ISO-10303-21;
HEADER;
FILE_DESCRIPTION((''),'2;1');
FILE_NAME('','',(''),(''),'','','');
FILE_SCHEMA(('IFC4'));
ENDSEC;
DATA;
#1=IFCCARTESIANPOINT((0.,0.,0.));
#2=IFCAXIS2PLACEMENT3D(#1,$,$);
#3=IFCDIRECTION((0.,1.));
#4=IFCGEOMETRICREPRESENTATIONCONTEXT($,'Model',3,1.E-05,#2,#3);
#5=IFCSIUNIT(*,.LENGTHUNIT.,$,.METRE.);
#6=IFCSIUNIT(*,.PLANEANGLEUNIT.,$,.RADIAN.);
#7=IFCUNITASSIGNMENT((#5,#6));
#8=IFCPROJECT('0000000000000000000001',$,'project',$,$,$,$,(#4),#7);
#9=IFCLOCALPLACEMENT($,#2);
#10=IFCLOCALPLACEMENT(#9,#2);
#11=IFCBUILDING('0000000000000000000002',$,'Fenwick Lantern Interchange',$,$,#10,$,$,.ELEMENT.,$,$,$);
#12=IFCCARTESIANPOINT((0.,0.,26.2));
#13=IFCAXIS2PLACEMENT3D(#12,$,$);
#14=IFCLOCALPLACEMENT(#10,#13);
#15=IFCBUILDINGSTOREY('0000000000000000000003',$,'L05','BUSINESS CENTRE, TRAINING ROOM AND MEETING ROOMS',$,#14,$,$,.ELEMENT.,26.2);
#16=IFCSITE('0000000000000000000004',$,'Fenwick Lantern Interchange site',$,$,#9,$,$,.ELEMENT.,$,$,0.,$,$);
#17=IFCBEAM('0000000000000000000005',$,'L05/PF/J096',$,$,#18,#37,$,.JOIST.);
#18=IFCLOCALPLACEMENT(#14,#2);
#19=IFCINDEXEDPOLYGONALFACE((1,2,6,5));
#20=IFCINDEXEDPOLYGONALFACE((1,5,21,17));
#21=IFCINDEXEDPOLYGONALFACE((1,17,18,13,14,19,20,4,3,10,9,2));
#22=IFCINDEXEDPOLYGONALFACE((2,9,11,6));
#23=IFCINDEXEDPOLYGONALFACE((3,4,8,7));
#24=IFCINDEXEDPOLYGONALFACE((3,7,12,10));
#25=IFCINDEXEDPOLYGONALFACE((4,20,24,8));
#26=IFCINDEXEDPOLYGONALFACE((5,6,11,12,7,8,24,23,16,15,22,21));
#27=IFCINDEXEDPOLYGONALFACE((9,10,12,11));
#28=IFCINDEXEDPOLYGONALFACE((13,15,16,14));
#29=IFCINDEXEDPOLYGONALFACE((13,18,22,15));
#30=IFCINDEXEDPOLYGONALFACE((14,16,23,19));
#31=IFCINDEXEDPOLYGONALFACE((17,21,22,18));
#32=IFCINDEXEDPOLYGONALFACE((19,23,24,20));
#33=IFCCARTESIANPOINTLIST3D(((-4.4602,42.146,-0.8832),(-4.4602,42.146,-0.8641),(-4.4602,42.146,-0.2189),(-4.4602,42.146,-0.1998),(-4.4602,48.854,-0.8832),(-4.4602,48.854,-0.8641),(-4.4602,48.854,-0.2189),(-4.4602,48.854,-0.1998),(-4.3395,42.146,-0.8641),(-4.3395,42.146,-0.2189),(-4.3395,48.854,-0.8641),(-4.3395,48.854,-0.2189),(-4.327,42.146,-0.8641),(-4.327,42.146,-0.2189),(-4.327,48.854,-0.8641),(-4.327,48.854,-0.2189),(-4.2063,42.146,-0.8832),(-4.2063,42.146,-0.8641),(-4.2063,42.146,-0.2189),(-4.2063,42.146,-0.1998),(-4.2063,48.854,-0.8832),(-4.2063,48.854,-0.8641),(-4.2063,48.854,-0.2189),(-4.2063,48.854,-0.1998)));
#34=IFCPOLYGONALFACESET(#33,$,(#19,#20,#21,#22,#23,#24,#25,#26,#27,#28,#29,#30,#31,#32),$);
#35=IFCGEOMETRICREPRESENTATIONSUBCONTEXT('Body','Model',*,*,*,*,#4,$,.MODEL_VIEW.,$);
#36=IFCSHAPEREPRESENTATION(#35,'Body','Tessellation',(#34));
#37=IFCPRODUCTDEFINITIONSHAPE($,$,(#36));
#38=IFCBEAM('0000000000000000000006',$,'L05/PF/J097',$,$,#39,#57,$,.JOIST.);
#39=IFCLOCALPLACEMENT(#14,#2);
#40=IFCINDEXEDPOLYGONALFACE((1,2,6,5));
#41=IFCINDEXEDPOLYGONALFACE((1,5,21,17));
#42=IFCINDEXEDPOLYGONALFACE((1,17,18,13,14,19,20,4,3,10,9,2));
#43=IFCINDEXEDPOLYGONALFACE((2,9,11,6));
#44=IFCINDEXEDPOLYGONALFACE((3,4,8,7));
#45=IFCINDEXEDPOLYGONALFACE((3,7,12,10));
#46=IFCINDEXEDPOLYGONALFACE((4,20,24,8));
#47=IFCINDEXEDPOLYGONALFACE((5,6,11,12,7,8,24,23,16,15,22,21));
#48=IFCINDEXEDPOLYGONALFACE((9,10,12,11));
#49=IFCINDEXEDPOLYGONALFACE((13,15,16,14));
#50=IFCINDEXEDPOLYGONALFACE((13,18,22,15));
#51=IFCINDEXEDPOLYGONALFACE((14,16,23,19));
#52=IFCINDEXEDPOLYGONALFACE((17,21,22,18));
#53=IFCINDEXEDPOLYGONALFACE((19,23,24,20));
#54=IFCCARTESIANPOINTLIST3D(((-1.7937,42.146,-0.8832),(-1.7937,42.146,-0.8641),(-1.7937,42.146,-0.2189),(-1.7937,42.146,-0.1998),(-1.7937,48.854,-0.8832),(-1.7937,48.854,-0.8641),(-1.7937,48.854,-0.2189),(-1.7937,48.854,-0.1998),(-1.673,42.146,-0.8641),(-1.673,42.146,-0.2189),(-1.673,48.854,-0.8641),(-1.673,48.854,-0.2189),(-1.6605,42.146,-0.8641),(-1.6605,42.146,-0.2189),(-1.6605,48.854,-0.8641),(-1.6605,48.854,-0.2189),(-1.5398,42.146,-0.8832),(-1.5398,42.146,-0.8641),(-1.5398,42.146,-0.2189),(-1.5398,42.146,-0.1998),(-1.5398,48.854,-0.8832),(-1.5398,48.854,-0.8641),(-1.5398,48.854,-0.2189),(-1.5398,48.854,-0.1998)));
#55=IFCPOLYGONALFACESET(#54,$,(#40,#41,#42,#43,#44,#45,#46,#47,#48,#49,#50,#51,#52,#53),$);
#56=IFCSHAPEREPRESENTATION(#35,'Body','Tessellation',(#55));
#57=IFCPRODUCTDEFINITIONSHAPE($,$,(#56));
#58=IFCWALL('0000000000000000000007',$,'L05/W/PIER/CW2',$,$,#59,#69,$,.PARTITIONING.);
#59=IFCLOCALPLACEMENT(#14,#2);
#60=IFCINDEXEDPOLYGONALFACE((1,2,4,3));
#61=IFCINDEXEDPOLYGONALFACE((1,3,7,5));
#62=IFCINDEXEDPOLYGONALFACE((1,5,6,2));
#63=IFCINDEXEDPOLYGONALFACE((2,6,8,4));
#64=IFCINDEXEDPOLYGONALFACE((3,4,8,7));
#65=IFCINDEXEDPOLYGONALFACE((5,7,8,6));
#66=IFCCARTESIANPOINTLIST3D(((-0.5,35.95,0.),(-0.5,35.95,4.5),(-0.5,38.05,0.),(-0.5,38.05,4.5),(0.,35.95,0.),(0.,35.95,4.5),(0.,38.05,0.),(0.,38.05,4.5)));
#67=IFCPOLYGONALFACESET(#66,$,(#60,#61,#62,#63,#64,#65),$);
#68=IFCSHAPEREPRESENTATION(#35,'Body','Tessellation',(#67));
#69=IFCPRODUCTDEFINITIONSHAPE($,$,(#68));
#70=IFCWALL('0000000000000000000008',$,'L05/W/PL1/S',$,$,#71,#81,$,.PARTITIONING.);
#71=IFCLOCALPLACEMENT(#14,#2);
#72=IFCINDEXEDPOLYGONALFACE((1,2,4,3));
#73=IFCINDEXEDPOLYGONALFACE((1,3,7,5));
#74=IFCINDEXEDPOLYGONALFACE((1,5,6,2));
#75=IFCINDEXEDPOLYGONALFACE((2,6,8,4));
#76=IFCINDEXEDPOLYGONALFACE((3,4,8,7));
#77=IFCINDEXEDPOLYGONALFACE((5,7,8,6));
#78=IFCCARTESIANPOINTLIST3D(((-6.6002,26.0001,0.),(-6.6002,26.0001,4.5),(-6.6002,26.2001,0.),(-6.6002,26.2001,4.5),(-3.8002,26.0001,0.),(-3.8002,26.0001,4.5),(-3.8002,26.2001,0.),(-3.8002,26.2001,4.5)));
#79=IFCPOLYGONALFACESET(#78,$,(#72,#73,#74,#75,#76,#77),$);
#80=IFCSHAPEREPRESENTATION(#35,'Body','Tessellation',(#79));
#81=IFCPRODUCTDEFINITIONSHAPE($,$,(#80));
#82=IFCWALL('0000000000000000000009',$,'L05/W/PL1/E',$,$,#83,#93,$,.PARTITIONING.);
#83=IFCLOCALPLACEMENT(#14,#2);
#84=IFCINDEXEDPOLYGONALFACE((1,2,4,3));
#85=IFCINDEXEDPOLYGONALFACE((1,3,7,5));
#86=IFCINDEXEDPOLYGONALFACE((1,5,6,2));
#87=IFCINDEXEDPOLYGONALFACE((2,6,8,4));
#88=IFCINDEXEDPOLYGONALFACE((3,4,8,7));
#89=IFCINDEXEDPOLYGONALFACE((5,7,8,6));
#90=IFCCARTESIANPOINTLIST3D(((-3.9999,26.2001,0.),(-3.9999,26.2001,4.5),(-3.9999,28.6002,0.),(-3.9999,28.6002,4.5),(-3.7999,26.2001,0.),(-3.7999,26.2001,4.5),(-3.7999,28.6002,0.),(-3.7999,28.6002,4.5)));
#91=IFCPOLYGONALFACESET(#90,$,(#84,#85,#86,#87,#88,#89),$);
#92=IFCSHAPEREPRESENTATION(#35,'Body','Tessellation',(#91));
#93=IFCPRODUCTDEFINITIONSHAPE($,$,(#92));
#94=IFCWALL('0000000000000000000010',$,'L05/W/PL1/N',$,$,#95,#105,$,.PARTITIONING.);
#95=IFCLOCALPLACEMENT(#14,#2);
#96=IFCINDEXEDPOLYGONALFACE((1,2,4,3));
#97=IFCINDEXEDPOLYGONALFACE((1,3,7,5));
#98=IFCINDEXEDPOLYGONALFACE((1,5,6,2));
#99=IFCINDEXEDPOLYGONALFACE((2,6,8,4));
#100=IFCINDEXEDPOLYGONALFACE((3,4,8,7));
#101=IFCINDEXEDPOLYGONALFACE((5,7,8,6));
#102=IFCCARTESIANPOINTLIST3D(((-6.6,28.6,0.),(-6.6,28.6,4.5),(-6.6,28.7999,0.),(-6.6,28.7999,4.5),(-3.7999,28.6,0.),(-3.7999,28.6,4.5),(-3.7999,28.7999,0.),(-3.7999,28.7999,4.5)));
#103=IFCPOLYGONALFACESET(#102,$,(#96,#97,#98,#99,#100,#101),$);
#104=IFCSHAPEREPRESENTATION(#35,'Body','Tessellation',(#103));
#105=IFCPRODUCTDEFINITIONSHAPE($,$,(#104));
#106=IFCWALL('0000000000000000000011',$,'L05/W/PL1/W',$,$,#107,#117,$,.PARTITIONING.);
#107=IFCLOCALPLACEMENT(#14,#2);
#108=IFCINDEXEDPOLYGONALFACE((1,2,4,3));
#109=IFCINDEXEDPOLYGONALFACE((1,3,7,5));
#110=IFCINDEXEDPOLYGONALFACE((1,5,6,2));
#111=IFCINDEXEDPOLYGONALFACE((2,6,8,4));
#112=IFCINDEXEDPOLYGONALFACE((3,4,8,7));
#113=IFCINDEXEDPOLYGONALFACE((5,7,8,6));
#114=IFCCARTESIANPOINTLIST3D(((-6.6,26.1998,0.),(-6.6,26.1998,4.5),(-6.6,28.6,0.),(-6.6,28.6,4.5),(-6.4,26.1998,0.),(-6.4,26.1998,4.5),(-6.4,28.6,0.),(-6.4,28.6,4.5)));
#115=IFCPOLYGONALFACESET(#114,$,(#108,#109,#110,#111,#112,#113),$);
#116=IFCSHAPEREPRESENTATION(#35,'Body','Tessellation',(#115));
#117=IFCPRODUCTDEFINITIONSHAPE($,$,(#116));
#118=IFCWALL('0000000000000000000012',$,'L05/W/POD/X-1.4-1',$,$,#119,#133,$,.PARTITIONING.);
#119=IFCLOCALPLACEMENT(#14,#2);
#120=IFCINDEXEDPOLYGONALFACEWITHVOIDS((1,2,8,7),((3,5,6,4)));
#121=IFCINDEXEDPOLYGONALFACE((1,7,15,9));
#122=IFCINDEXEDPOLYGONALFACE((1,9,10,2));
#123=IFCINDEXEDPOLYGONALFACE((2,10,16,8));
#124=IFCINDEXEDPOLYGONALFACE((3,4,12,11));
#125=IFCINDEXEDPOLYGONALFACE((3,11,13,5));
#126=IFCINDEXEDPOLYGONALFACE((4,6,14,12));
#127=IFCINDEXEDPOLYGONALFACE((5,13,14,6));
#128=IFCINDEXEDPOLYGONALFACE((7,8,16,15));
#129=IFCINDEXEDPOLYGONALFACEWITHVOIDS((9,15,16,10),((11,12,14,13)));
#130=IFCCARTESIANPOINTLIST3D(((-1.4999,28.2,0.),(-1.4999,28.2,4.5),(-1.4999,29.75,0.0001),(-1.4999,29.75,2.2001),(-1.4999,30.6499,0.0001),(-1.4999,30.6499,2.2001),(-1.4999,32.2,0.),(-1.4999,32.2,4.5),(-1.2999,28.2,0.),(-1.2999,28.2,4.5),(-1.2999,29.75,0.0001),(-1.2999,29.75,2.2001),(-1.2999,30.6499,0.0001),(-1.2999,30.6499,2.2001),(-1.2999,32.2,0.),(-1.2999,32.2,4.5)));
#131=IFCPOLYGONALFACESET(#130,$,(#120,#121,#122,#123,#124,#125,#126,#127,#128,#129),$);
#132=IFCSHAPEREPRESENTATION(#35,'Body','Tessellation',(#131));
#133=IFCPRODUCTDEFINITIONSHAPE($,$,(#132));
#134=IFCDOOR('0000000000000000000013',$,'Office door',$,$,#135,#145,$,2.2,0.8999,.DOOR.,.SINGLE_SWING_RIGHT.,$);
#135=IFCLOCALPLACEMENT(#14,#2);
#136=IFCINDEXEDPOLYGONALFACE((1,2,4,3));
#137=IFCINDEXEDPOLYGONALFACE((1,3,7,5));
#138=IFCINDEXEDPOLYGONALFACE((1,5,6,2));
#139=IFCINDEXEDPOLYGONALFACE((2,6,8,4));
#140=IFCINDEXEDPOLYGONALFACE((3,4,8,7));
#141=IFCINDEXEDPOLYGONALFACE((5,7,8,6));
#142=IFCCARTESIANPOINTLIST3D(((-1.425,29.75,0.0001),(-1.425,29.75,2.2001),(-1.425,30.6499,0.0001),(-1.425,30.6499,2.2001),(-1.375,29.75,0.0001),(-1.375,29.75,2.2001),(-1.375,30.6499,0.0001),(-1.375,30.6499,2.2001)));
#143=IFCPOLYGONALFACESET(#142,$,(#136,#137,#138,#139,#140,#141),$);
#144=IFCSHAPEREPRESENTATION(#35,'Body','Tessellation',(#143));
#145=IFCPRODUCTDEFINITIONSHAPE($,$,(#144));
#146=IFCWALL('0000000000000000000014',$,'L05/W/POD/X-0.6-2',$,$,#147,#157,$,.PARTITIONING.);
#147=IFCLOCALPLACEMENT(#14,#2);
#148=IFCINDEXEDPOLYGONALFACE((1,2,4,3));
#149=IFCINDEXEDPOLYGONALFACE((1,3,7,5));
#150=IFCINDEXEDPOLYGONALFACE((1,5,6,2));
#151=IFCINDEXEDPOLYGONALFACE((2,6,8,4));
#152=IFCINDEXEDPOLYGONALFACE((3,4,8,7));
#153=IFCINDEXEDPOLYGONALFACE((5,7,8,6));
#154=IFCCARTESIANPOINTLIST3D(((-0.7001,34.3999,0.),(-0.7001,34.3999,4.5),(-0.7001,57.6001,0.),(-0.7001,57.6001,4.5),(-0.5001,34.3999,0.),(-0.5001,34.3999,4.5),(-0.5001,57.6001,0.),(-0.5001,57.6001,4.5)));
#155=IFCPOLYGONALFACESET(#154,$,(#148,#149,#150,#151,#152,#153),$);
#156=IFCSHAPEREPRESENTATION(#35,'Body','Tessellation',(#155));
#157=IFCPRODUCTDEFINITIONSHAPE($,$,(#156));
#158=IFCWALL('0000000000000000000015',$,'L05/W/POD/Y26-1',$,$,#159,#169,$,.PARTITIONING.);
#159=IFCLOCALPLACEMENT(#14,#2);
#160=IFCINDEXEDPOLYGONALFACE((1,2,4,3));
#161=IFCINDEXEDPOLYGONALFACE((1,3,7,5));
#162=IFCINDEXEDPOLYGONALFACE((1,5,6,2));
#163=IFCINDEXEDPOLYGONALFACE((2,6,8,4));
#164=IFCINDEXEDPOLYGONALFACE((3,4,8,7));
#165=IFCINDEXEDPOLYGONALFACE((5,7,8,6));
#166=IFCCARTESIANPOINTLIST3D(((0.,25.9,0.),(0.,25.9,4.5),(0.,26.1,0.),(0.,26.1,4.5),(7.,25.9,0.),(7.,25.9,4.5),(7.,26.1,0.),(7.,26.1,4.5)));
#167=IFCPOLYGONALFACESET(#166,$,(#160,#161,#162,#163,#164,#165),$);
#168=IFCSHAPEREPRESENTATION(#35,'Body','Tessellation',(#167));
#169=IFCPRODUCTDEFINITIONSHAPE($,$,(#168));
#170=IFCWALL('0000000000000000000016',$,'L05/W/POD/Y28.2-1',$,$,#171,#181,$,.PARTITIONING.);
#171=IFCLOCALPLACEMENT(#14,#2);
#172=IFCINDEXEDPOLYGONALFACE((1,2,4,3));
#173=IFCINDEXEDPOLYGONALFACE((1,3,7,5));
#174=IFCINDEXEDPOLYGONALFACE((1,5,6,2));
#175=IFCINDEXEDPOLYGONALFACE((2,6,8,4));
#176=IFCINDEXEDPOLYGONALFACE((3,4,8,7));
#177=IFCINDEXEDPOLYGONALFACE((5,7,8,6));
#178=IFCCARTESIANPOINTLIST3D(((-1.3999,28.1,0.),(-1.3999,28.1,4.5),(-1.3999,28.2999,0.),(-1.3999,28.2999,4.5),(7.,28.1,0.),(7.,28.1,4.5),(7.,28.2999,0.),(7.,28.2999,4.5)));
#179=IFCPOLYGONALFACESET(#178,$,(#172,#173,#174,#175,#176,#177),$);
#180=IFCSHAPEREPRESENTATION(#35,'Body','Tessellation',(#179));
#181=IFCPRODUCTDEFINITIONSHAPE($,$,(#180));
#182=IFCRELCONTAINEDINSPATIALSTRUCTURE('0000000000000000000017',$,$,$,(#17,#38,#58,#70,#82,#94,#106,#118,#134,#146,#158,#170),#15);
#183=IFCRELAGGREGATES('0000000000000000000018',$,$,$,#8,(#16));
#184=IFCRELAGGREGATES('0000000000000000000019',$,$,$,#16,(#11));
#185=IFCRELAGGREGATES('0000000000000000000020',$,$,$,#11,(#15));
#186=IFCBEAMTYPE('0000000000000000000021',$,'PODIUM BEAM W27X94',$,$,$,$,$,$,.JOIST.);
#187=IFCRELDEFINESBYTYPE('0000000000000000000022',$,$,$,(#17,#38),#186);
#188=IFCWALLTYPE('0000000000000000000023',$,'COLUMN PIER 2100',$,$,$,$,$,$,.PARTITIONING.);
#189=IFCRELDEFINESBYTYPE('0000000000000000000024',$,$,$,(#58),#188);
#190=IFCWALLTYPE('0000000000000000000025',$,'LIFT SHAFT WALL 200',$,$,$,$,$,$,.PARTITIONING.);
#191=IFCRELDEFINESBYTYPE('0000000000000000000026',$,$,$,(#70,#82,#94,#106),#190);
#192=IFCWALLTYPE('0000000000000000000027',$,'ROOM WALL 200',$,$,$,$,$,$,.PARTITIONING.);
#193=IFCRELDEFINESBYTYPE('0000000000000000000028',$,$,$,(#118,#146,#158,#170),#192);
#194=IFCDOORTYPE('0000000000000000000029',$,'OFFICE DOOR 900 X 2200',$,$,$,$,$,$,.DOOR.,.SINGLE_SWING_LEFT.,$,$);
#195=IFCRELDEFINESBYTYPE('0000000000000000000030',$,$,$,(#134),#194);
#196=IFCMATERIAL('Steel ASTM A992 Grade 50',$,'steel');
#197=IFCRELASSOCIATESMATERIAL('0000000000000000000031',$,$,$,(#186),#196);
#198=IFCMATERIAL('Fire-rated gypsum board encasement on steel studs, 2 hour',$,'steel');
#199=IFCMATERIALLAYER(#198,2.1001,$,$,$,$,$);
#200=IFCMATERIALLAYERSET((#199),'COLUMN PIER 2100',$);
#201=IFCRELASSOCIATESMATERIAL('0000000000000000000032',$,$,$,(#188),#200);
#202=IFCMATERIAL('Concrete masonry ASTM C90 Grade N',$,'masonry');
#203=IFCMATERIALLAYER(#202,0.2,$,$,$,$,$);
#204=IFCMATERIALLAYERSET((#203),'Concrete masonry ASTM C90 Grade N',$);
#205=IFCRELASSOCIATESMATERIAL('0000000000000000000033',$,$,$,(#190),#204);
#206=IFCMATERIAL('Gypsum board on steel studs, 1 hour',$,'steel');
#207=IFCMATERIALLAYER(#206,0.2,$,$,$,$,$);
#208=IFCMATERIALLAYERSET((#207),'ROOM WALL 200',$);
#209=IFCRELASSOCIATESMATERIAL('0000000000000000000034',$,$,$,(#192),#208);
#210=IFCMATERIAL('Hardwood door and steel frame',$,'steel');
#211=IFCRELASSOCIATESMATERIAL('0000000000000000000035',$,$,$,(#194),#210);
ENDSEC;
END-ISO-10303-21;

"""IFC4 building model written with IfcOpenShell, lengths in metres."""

from ifc_helpers import new_model, si_unit, direction, frame, frame_2d, origin, origin_2d, place, context, subcontext, project, spatial, rectangle, i_section, extrude, material, layer, layer_set, material_profile, profile_set, type_object, element, fill, save


model = new_model("IFC4")

# Units and contexts
model_context = context("Model", 3, precision=1e-05, world=origin(), true_north=direction((0.0, 1.0)))
body_context = subcontext(model_context, "Body", "Model", "MODEL_VIEW")
ifc_project = project(units=[si_unit("LENGTHUNIT", "METRE"), si_unit("PLANEANGLEUNIT", "RADIAN")], contexts=[model_context])

# Site, building, storey
site_placement = place(None, origin())
site = spatial("IfcSite", under=ifc_project, at=site_placement, Name="Fenwick Lantern Interchange site", CompositionType="ELEMENT", RefElevation=0.0)
building_placement = place(site_placement, origin())
building = spatial("IfcBuilding", under=site, at=building_placement, Name="Fenwick Lantern Interchange", CompositionType="ELEMENT")
storey_placement = place(building_placement, frame((0.0, 0.0, 26.2)))
storey = spatial("IfcBuildingStorey", under=building, at=storey_placement, Name="L05", Description="BUSINESS CENTRE, TRAINING ROOM AND MEETING ROOMS", CompositionType="ELEMENT", Elevation=26.2)

# Shared definitions
ifc_material_1 = material(Name="Steel ASTM A992 Grade 50", Category="steel")

# Beams
ifc_material_profile_1 = material_profile(ifc_material_1, i_section(OverallWidth=0.2539, OverallDepth=0.6833, WebThickness=0.0125, FlangeThickness=0.019, at=origin_2d()), Name="W27X94")
ifc_profile_set_1 = profile_set([ifc_material_profile_1], Name="Steel ASTM A992 Grade 50")
beam_type_1 = type_object("IfcBeamType", Name="PODIUM BEAM W27X94", PredefinedType="JOIST", material=ifc_profile_set_1)
for number, where, z_axis, x_axis, name in (
    (1, (-4.3333, 42.146, -0.5415), (0.0, 1.0, 0.0), (-1.0, 0.0, 0.0), "L05/PF/J096"),
    (2, (-1.6667, 42.146, -0.5415), (0.0, 1.0, 0.0), (-1.0, 0.0, 0.0), "L05/PF/J097"),
):
    element("IfcBeam", number, at=place(storey_placement, frame(where, z_axis=z_axis, x_axis=x_axis)), inside=storey, type_object=beam_type_1, Name=name, PredefinedType="JOIST", context=body_context, shape_type="SweptSolid", body=[
        extrude(i_section(OverallWidth=0.2539, OverallDepth=0.6833, WebThickness=0.0125, FlangeThickness=0.019, at=origin_2d()), origin(), (0.0, 0.0, 1.0), 6.708),
    ])

# Walls
ifc_material_2 = material(Name="Fire-rated gypsum board encasement on steel studs, 2 hour", Category="steel")
ifc_layer_1 = layer(ifc_material_2, 2.1001)
ifc_layer_set_1 = layer_set([ifc_layer_1], Name="COLUMN PIER 2100")
wall_type_1 = type_object("IfcWallType", Name="COLUMN PIER 2100", PredefinedType="PARTITIONING", material=ifc_layer_set_1)
wall_1_placement = place(storey_placement, frame((-0.5, 37.0, 0.0), z_axis=(0.0, 0.0, 1.0), x_axis=(1.0, 0.0, 0.0)))
element("IfcWall", 3, at=wall_1_placement, inside=storey, type_object=wall_type_1, Name="L05/W/PIER/CW2", PredefinedType="PARTITIONING", context=body_context, shape_type="SweptSolid", body=[
    extrude(rectangle(XDim=0.5, YDim=2.1001, at=frame_2d((0.25, 0.0))), origin(), (0.0, 0.0, 1.0), 4.5),
])
ifc_material_3 = material(Name="Concrete masonry ASTM C90 Grade N", Category="masonry")
ifc_layer_2 = layer(ifc_material_3, 0.2)
ifc_layer_set_2 = layer_set([ifc_layer_2], Name="Concrete masonry ASTM C90 Grade N")
wall_type_2 = type_object("IfcWallType", Name="LIFT SHAFT WALL 200", PredefinedType="PARTITIONING", material=ifc_layer_set_2)
wall_2_placement = place(storey_placement, frame((-6.6001, 26.1001, 0.0), z_axis=(0.0, 0.0, 1.0), x_axis=(1.0, 0.0, 0.0)))
element("IfcWall", 4, at=wall_2_placement, inside=storey, type_object=wall_type_2, Name="L05/W/PL1/S", PredefinedType="PARTITIONING", context=body_context, shape_type="SweptSolid", body=[
    extrude(rectangle(XDim=2.8, YDim=0.2, at=frame_2d((1.3999, 0.0))), origin(), (0.0, 0.0, 1.0), 4.5),
])
wall_3_placement = place(storey_placement, frame((-3.8999, 26.2, 0.0), z_axis=(0.0, 0.0, 1.0), x_axis=(0.0, 1.0, 0.0)))
element("IfcWall", 5, at=wall_3_placement, inside=storey, type_object=wall_type_2, Name="L05/W/PL1/E", PredefinedType="PARTITIONING", context=body_context, shape_type="SweptSolid", body=[
    extrude(rectangle(XDim=2.4001, YDim=0.2, at=frame_2d((1.2002, 0.0))), origin(), (0.0, 0.0, 1.0), 4.5),
])
wall_4_placement = place(storey_placement, frame((-3.8, 28.7, 0.0), z_axis=(0.0, 0.0, 1.0), x_axis=(-1.0, 0.0, 0.0)))
element("IfcWall", 6, at=wall_4_placement, inside=storey, type_object=wall_type_2, Name="L05/W/PL1/N", PredefinedType="PARTITIONING", context=body_context, shape_type="SweptSolid", body=[
    extrude(rectangle(XDim=2.8, YDim=0.2, at=frame_2d((1.3999, 0.0))), origin(), (0.0, 0.0, 1.0), 4.5),
])
wall_5_placement = place(storey_placement, frame((-6.5, 28.6001, 0.0), z_axis=(0.0, 0.0, 1.0), x_axis=(0.0, -1.0, 0.0)))
element("IfcWall", 7, at=wall_5_placement, inside=storey, type_object=wall_type_2, Name="L05/W/PL1/W", PredefinedType="PARTITIONING", context=body_context, shape_type="SweptSolid", body=[
    extrude(rectangle(XDim=2.4001, YDim=0.2, at=frame_2d((1.2002, 0.0))), origin(), (0.0, 0.0, 1.0), 4.5),
])

# Wall, opening, door
ifc_material_4 = material(Name="Gypsum board on steel studs, 1 hour", Category="steel")
ifc_layer_3 = layer(ifc_material_4, 0.2)
ifc_layer_set_3 = layer_set([ifc_layer_3], Name="ROOM WALL 200")
wall_type_3 = type_object("IfcWallType", Name="ROOM WALL 200", PredefinedType="PARTITIONING", material=ifc_layer_set_3)
wall_6_placement = place(storey_placement, frame((-1.3999, 28.2, 0.0), z_axis=(0.0, 0.0, 1.0), x_axis=(0.0, 1.0, 0.0)))
wall_6 = element("IfcWall", 8, at=wall_6_placement, inside=storey, type_object=wall_type_3, Name="L05/W/POD/X-1.4-1", PredefinedType="PARTITIONING", context=body_context, shape_type="SweptSolid", body=[
    extrude(rectangle(XDim=4.0, YDim=0.2, at=frame_2d((2.0, 0.0))), origin(), (0.0, 0.0, 1.0), 4.5),
])
opening_1_placement = place(wall_6_placement, frame((1.55, 0.0, 0.0)))
opening_1 = element("IfcOpeningElement", 9, at=opening_1_placement, cuts=wall_6, PredefinedType="OPENING", context=body_context, shape_type="SweptSolid", body=[
    extrude(rectangle(XDim=0.8999, YDim=2.2, at=frame_2d((0.45, 1.1001))), frame((0.0, 0.1099, 0.0), z_axis=(0.0, -1.0, 0.0), x_axis=(1.0, 0.0, 0.0)), (0.0, 0.0, 1.0), 0.22),
])
ifc_material_5 = material(Name="Hardwood door and steel frame", Category="steel")
door_type_1 = type_object("IfcDoorType", Name="OFFICE DOOR 900 X 2200", OperationType="SINGLE_SWING_LEFT", PredefinedType="DOOR", material=ifc_material_5)
door_1_placement = place(opening_1_placement, frame((0.8999, 0.0, 0.0), z_axis=(0.0, 0.0, 1.0), x_axis=(-1.0, 0.0, 0.0)))
door_1 = element("IfcDoor", 10, at=door_1_placement, inside=storey, type_object=door_type_1, Name="Office door", OperationType="SINGLE_SWING_RIGHT", OverallHeight=2.2, OverallWidth=0.8999, PredefinedType="DOOR", context=body_context, shape_type="SweptSolid", body=[
    extrude(rectangle(XDim=0.8999, YDim=2.2, at=frame_2d((0.45, 1.1001))), frame((0.0, 0.0249, 0.0), z_axis=(0.0, -1.0, 0.0), x_axis=(1.0, 0.0, 0.0)), (0.0, 0.0, 1.0), 0.05),
])
fill(opening_1, door_1)

# Walls
wall_7_placement = place(storey_placement, frame((-0.6001, 34.3999, 0.0), z_axis=(0.0, 0.0, 1.0), x_axis=(0.0, 1.0, 0.0)))
element("IfcWall", 11, at=wall_7_placement, inside=storey, type_object=wall_type_3, Name="L05/W/POD/X-0.6-2", PredefinedType="PARTITIONING", context=body_context, shape_type="SweptSolid", body=[
    extrude(rectangle(XDim=23.2002, YDim=0.2, at=frame_2d((11.6001, 0.0))), origin(), (0.0, 0.0, 1.0), 4.5),
])
wall_8_placement = place(storey_placement, frame((0.0, 26.0, 0.0), z_axis=(0.0, 0.0, 1.0), x_axis=(1.0, 0.0, 0.0)))
element("IfcWall", 12, at=wall_8_placement, inside=storey, type_object=wall_type_3, Name="L05/W/POD/Y26-1", PredefinedType="PARTITIONING", context=body_context, shape_type="SweptSolid", body=[
    extrude(rectangle(XDim=7.0, YDim=0.2, at=frame_2d((3.5, 0.0))), origin(), (0.0, 0.0, 1.0), 4.5),
])
for number, where, z_axis, x_axis, name in (
    (13, (-1.3999, 28.2, 0.0), (0.0, 0.0, 1.0), (1.0, 0.0, 0.0), "L05/W/POD/Y28.2-1"),
):
    element("IfcWall", number, at=place(storey_placement, frame(where, z_axis=z_axis, x_axis=x_axis)), inside=storey, type_object=wall_type_3, Name=name, PredefinedType="PARTITIONING", context=body_context, shape_type="SweptSolid", body=[
        extrude(rectangle(XDim=8.3999, YDim=0.2, at=frame_2d((4.2, 0.0))), origin(), (0.0, 0.0, 1.0), 4.5),
    ])

save(model, "model.ifc")
